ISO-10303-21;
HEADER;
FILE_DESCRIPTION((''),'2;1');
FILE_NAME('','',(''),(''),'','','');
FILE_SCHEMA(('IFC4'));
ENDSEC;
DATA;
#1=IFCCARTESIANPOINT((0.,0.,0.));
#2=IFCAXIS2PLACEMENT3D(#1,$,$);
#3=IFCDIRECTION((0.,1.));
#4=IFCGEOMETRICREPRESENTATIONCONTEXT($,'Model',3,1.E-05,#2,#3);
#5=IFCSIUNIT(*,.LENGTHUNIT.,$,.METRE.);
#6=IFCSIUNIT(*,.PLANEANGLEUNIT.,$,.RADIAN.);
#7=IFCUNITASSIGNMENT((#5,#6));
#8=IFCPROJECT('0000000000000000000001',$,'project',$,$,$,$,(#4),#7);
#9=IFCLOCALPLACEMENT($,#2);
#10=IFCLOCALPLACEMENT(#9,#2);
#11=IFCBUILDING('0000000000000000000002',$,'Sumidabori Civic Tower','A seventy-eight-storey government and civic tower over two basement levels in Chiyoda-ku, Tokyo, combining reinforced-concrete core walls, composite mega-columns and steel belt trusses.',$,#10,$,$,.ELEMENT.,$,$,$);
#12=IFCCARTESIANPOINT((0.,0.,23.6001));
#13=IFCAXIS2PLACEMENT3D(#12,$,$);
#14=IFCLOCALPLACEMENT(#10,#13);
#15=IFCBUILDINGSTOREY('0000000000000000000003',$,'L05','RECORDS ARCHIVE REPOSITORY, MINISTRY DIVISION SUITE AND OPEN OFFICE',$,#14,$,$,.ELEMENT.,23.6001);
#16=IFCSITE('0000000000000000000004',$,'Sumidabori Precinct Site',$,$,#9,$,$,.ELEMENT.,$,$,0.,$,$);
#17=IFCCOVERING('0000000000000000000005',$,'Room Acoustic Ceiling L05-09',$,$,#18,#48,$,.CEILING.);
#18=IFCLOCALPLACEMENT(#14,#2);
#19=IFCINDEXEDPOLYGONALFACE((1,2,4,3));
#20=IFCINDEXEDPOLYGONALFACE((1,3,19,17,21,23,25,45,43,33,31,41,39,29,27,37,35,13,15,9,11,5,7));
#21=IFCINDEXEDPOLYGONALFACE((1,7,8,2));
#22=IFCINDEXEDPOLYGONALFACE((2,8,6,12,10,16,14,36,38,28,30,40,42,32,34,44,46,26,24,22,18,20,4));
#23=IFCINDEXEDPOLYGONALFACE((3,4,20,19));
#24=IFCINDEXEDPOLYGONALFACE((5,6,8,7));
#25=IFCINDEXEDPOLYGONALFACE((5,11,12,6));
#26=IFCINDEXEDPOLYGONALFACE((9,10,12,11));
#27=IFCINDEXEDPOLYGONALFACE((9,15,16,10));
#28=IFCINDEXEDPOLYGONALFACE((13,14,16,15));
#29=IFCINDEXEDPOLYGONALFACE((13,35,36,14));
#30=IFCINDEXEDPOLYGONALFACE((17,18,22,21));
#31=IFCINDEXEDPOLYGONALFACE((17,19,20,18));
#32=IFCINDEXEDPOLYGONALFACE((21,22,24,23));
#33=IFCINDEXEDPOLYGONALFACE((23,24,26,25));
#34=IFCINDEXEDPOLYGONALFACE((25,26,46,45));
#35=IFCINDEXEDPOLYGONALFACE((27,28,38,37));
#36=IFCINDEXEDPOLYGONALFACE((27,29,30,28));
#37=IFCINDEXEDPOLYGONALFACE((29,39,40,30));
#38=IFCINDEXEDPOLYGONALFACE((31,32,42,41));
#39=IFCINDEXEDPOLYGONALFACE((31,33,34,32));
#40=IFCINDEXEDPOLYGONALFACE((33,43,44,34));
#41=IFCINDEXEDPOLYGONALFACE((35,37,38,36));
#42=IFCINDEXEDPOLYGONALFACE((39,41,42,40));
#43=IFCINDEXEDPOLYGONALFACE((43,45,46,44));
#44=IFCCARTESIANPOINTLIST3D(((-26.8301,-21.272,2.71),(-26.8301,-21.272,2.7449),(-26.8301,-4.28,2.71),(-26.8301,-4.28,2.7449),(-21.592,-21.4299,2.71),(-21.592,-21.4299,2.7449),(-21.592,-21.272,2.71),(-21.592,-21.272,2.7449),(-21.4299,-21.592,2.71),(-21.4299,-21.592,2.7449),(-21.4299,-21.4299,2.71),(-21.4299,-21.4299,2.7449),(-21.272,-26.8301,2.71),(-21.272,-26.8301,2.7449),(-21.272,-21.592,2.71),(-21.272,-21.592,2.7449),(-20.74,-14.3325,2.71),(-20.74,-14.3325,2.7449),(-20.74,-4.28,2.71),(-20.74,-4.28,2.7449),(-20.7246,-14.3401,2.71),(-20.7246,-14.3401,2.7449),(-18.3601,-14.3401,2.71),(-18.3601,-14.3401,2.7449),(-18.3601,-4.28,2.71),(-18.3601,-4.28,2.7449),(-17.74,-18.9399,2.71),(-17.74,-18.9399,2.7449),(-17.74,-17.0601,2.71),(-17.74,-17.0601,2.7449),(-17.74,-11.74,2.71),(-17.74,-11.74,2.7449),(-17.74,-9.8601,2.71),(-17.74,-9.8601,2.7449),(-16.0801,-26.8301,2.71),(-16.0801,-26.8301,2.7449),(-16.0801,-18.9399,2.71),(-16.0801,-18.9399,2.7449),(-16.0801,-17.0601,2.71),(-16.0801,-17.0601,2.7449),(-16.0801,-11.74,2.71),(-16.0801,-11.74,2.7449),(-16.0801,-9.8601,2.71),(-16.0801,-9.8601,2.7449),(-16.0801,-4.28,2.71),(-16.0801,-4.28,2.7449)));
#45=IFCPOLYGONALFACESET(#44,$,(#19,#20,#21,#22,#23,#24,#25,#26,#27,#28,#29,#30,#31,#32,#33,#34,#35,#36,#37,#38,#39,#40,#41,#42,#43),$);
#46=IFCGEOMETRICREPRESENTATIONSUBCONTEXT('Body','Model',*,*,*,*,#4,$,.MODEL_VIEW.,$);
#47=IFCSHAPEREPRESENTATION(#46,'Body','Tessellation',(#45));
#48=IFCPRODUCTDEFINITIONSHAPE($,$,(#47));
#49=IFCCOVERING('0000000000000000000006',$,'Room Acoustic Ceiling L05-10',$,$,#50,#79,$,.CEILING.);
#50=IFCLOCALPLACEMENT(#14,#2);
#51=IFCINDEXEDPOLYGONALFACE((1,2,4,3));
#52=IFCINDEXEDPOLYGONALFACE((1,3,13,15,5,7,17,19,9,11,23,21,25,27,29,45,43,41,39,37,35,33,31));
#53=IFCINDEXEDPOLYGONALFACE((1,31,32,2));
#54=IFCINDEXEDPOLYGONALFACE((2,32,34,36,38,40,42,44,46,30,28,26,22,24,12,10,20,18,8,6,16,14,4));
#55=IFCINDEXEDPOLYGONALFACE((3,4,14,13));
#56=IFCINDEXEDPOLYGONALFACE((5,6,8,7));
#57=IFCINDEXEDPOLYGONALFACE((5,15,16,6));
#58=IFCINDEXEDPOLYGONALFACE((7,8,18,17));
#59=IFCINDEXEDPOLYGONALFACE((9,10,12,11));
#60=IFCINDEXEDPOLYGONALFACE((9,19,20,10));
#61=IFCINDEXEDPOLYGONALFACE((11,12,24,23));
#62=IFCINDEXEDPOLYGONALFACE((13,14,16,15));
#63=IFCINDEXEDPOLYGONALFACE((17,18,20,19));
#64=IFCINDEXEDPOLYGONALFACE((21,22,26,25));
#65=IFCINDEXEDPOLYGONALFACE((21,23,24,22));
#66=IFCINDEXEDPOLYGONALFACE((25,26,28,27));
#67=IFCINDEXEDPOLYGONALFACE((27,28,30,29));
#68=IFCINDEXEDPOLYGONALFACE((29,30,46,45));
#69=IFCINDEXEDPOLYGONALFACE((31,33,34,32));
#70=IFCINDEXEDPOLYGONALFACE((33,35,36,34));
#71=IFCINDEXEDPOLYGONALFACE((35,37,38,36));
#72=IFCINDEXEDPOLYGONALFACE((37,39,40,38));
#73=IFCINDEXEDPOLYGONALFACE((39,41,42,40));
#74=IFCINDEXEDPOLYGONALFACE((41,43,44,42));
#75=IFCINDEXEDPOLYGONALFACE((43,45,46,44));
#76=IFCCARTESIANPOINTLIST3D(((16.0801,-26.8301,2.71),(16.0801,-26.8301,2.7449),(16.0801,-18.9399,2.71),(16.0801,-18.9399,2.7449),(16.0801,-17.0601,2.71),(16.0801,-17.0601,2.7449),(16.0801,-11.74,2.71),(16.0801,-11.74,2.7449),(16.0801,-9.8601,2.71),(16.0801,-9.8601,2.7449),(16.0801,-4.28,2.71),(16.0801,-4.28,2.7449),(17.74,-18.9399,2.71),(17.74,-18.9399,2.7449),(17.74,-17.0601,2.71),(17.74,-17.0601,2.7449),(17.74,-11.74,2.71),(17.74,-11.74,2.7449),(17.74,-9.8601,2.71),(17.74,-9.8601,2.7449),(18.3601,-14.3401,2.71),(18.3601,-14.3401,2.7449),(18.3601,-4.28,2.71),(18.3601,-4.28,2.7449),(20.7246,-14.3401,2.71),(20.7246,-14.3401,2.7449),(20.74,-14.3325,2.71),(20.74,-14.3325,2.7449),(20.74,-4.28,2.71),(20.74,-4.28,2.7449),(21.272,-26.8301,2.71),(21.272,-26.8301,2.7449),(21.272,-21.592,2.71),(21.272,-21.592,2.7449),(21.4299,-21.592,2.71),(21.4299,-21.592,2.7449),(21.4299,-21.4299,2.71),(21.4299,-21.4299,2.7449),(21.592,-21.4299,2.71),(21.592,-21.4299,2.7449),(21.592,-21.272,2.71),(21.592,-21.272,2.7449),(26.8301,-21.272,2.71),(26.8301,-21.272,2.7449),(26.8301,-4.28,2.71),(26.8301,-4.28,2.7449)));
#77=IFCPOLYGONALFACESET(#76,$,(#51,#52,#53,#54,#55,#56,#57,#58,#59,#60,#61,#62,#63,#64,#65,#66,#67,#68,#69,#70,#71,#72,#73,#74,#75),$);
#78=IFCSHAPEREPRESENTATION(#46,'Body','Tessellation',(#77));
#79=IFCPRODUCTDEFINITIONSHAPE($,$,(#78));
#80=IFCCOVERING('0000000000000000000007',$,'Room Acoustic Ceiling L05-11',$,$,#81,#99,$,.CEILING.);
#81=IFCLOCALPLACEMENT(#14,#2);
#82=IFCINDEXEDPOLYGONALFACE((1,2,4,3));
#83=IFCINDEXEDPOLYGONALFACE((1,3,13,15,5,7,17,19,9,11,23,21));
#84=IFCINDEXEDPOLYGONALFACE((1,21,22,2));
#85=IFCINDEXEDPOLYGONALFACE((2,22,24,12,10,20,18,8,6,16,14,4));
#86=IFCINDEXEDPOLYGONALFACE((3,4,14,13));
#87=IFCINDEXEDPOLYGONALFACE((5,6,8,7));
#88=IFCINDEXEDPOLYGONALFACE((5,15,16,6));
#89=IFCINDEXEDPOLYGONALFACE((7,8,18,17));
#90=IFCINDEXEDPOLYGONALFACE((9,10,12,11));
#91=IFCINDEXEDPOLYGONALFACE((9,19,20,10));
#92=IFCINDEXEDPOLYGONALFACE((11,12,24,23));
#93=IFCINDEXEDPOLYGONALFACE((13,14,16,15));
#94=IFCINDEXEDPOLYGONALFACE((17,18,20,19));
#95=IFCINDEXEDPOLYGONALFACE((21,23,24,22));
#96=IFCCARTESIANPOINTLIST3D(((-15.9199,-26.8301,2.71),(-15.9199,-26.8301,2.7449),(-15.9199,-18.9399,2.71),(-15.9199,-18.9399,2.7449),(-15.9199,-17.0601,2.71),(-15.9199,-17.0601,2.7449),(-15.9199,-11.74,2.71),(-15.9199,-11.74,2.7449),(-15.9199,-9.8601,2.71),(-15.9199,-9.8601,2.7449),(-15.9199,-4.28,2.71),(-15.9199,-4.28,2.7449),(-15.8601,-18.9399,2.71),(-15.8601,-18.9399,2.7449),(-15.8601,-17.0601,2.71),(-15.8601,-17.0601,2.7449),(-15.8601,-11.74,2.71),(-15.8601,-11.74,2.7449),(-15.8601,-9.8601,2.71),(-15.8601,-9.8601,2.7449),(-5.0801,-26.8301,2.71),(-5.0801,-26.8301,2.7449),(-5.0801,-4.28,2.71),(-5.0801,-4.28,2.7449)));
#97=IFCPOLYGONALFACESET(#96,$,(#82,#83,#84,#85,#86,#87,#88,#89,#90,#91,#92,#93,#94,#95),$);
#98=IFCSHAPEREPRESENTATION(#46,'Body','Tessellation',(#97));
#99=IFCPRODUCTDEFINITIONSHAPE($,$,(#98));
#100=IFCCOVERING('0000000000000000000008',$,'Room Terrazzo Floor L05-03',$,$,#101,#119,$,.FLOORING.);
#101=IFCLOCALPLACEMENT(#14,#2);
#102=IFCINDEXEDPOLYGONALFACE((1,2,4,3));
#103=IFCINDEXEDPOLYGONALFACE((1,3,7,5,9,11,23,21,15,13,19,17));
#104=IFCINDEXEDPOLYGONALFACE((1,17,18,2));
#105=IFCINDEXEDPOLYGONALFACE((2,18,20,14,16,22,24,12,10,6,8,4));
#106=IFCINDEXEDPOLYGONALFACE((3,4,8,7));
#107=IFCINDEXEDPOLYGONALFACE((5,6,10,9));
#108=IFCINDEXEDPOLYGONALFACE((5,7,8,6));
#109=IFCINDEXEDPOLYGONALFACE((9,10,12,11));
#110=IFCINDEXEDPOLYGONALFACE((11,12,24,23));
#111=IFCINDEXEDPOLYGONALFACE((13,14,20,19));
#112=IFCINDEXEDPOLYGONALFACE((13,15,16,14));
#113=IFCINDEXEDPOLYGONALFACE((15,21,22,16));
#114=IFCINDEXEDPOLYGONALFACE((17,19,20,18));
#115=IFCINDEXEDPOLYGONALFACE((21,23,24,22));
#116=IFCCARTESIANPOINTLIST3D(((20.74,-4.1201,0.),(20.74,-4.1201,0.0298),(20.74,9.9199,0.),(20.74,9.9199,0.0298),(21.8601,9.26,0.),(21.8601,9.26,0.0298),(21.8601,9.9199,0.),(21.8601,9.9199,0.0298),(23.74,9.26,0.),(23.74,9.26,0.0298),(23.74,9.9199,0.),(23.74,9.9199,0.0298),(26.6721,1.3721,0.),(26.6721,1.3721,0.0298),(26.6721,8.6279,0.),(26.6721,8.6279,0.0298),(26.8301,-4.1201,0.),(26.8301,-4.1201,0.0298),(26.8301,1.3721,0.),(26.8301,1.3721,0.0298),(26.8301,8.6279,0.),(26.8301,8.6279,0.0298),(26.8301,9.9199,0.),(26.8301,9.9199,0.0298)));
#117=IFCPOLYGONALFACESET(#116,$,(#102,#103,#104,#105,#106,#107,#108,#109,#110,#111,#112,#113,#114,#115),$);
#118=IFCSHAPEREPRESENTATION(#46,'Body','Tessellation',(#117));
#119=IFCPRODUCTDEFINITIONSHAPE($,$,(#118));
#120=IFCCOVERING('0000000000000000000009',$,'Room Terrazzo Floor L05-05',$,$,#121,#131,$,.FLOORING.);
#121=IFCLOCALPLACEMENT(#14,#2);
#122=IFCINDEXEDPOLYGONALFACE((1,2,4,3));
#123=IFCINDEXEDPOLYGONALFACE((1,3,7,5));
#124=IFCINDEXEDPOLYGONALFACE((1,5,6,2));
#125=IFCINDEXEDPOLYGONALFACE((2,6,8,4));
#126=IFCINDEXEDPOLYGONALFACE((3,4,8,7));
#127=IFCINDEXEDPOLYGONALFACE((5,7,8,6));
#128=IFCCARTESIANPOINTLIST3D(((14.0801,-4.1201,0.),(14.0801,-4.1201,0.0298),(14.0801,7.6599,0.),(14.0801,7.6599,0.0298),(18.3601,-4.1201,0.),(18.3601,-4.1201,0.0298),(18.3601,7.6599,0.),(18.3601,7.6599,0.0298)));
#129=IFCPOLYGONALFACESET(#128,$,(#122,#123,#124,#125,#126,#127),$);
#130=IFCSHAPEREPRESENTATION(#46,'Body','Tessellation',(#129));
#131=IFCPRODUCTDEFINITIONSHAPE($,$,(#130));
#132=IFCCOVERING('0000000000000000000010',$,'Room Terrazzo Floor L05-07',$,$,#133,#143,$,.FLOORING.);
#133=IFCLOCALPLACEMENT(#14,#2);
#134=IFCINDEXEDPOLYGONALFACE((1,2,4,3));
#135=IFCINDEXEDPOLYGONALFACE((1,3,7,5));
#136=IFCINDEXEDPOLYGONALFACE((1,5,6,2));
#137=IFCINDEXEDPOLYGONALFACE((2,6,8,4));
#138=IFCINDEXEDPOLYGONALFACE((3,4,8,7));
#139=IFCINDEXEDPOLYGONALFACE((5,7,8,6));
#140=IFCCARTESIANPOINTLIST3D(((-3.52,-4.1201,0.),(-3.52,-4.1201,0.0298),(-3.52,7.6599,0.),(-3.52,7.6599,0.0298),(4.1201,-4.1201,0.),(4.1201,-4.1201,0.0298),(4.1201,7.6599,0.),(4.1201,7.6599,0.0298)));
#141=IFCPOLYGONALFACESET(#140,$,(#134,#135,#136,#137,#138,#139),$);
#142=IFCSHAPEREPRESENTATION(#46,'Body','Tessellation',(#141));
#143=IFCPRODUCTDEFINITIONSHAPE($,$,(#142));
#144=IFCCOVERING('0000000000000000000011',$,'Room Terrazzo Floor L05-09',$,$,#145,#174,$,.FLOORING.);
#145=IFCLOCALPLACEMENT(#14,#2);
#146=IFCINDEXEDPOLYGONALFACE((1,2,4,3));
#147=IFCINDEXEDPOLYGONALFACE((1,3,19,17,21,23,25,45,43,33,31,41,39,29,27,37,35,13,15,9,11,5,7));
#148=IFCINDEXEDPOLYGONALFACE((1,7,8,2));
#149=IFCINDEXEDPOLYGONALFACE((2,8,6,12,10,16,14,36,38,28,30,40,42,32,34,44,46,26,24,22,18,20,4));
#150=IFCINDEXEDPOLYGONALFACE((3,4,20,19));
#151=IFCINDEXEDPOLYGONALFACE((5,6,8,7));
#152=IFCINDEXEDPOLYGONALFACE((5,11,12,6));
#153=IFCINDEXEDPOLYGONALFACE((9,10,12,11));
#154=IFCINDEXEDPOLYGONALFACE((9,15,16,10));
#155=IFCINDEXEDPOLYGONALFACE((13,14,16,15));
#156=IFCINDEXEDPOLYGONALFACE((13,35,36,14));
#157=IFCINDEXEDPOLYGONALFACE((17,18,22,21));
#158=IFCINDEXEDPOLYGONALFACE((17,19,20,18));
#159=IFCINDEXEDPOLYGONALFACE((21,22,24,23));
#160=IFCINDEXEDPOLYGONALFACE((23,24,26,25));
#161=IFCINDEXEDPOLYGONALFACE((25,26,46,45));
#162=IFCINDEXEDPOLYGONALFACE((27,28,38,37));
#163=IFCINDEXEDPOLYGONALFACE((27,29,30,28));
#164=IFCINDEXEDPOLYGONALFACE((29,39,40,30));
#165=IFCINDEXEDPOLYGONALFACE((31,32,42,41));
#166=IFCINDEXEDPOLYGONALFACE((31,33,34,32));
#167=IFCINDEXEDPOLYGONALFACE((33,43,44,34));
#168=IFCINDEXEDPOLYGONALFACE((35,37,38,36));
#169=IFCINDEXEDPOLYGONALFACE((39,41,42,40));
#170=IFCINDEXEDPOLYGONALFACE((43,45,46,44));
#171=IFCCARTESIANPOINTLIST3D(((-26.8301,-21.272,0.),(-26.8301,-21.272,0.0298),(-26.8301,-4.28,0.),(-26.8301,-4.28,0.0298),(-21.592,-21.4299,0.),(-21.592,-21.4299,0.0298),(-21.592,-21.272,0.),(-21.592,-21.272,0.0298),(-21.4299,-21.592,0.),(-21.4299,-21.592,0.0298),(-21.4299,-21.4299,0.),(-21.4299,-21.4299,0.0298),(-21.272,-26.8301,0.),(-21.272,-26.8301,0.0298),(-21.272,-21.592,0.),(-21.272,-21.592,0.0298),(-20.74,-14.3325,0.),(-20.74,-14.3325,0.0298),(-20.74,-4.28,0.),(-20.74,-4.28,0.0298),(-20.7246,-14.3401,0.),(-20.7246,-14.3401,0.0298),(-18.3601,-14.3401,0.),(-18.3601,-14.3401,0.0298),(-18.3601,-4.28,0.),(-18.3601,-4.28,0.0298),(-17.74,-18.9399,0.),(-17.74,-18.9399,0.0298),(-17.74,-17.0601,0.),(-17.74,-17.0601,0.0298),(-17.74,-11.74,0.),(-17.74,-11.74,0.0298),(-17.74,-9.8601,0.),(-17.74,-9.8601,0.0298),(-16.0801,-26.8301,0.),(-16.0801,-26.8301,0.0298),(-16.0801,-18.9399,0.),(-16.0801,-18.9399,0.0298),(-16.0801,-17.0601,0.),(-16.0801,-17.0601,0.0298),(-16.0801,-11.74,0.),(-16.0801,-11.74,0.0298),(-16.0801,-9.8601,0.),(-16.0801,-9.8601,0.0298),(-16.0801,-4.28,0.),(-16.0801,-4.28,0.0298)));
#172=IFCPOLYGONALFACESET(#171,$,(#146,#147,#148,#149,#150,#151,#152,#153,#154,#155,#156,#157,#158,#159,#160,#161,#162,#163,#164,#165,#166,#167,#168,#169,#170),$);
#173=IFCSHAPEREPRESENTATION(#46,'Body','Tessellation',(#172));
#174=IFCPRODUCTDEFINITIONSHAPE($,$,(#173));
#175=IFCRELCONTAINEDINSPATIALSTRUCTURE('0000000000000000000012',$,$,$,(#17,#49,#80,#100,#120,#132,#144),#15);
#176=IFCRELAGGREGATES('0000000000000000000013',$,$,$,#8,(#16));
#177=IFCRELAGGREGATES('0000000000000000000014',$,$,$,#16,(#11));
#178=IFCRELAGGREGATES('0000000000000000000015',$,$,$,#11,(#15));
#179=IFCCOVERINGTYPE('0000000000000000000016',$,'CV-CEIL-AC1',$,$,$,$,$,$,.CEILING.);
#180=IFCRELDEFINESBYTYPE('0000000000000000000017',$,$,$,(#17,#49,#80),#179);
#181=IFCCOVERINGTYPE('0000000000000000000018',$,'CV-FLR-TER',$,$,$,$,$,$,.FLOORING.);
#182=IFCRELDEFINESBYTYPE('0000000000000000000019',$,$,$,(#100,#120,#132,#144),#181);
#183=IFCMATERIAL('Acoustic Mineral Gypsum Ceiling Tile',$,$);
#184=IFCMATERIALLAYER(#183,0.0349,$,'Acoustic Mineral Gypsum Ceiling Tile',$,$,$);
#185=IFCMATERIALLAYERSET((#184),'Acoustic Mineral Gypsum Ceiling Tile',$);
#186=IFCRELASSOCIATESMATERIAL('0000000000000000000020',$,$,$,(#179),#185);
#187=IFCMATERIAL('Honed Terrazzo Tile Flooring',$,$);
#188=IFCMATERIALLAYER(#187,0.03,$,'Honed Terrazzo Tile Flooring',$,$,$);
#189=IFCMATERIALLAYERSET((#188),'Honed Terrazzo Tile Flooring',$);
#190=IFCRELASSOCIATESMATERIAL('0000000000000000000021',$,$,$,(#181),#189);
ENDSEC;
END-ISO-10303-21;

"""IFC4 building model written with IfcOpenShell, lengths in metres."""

from ifc_helpers import new_model, si_unit, direction, frame, origin, place, context, subcontext, project, spatial, polyline, outline, extrude, material, layer, layer_set, type_object, element, save


model = new_model("IFC4")

# Units and contexts
model_context = context("Model", 3, precision=1e-05, world=origin(), true_north=direction((0.0, 1.0)))
body_context = subcontext(model_context, "Body", "Model", "MODEL_VIEW")
ifc_project = project(units=[si_unit("LENGTHUNIT", "METRE"), si_unit("PLANEANGLEUNIT", "RADIAN")], contexts=[model_context])

# Site, building, storey
site_placement = place(None, origin())
site = spatial("IfcSite", under=ifc_project, at=site_placement, Name="Sumidabori Precinct Site", CompositionType="ELEMENT", RefElevation=0.0)
building_placement = place(site_placement, origin())
building = spatial("IfcBuilding", under=site, at=building_placement, Name="Sumidabori Civic Tower", Description="A seventy-eight-storey government and civic tower over two basement levels in Chiyoda-ku, Tokyo, combining reinforced-concrete core walls, composite mega-columns and steel belt trusses.", CompositionType="ELEMENT")
storey_placement = place(building_placement, frame((0.0, 0.0, 23.6001)))
storey = spatial("IfcBuildingStorey", under=building, at=storey_placement, Name="L05", Description="RECORDS ARCHIVE REPOSITORY, MINISTRY DIVISION SUITE AND OPEN OFFICE", CompositionType="ELEMENT", Elevation=23.6001)

# Coverings
ifc_material_1 = material(Name="Acoustic Mineral Gypsum Ceiling Tile")
ifc_layer_1 = layer(ifc_material_1, 0.0349, Name="Acoustic Mineral Gypsum Ceiling Tile")
ifc_layer_set_1 = layer_set([ifc_layer_1], Name="Acoustic Mineral Gypsum Ceiling Tile")
covering_type_1 = type_object("IfcCoveringType", Name="CV-CEIL-AC1", PredefinedType="CEILING", material=ifc_layer_set_1)
covering_1_placement = place(storey_placement, frame((0.0, 0.0, 2.71)))
element("IfcCovering", 1, at=covering_1_placement, inside=storey, type_object=covering_type_1, Name="Room Acoustic Ceiling L05-09", PredefinedType="CEILING", context=body_context, shape_type="SweptSolid", body=[
    extrude(outline(polyline([(-26.8301, -21.272), (-26.8301, -4.28), (-20.74, -4.28), (-20.74, -14.3325), (-20.7246, -14.3401), (-18.3601, -14.3401), (-18.3601, -4.28), (-16.0801, -4.28), (-16.0801, -9.8601), (-17.74, -9.8601), (-17.74, -11.74), (-16.0801, -11.74), (-16.0801, -17.0601), (-17.74, -17.0601), (-17.74, -18.9399), (-16.0801, -18.9399), (-16.0801, -26.8301), (-21.272, -26.8301), (-21.272, -21.592), (-21.4299, -21.592), (-21.4299, -21.4299), (-21.592, -21.4299), (-21.592, -21.272), (-26.8301, -21.272)])), origin(), (0.0, 0.0, 1.0), 0.0349),
])
covering_2_placement = place(storey_placement, frame((0.0, 0.0, 2.71)))
element("IfcCovering", 2, at=covering_2_placement, inside=storey, type_object=covering_type_1, Name="Room Acoustic Ceiling L05-10", PredefinedType="CEILING", context=body_context, shape_type="SweptSolid", body=[
    extrude(outline(polyline([(18.3601, -14.3401), (20.7246, -14.3401), (20.74, -14.3325), (20.74, -4.28), (26.8301, -4.28), (26.8301, -21.272), (21.592, -21.272), (21.592, -21.4299), (21.4299, -21.4299), (21.4299, -21.592), (21.272, -21.592), (21.272, -26.8301), (16.0801, -26.8301), (16.0801, -18.9399), (17.74, -18.9399), (17.74, -17.0601), (16.0801, -17.0601), (16.0801, -11.74), (17.74, -11.74), (17.74, -9.8601), (16.0801, -9.8601), (16.0801, -4.28), (18.3601, -4.28), (18.3601, -14.3401)])), origin(), (0.0, 0.0, 1.0), 0.0349),
])
covering_3_placement = place(storey_placement, frame((0.0, 0.0, 2.71)))
element("IfcCovering", 3, at=covering_3_placement, inside=storey, type_object=covering_type_1, Name="Room Acoustic Ceiling L05-11", PredefinedType="CEILING", context=body_context, shape_type="SweptSolid", body=[
    extrude(outline(polyline([(-15.8601, -17.0601), (-15.9199, -17.0601), (-15.9199, -11.74), (-15.8601, -11.74), (-15.8601, -9.8601), (-15.9199, -9.8601), (-15.9199, -4.28), (-5.0801, -4.28), (-5.0801, -26.8301), (-15.9199, -26.8301), (-15.9199, -18.9399), (-15.8601, -18.9399), (-15.8601, -17.0601)])), origin(), (0.0, 0.0, 1.0), 0.0349),
])
ifc_material_2 = material(Name="Honed Terrazzo Tile Flooring")
ifc_layer_2 = layer(ifc_material_2, 0.03, Name="Honed Terrazzo Tile Flooring")
ifc_layer_set_2 = layer_set([ifc_layer_2], Name="Honed Terrazzo Tile Flooring")
covering_type_2 = type_object("IfcCoveringType", Name="CV-FLR-TER", PredefinedType="FLOORING", material=ifc_layer_set_2)
covering_4_placement = place(storey_placement, origin())
element("IfcCovering", 4, at=covering_4_placement, inside=storey, type_object=covering_type_2, Name="Room Terrazzo Floor L05-03", PredefinedType="FLOORING", context=body_context, shape_type="SweptSolid", body=[
    extrude(outline(polyline([(20.74, 9.9199), (21.8601, 9.9199), (21.8601, 9.26), (23.74, 9.26), (23.74, 9.9199), (26.8301, 9.9199), (26.8301, 8.6279), (26.6721, 8.6279), (26.6721, 1.3721), (26.8301, 1.3721), (26.8301, -4.1201), (20.74, -4.1201), (20.74, 9.9199)])), origin(), (0.0, 0.0, 1.0), 0.0298),
])
covering_5_placement = place(storey_placement, origin())
element("IfcCovering", 5, at=covering_5_placement, inside=storey, type_object=covering_type_2, Name="Room Terrazzo Floor L05-05", PredefinedType="FLOORING", context=body_context, shape_type="SweptSolid", body=[
    extrude(outline(polyline([(14.0801, 7.6599), (18.3601, 7.6599), (18.3601, -4.1201), (14.0801, -4.1201), (14.0801, 7.6599)])), origin(), (0.0, 0.0, 1.0), 0.0298),
])
covering_6_placement = place(storey_placement, origin())
element("IfcCovering", 6, at=covering_6_placement, inside=storey, type_object=covering_type_2, Name="Room Terrazzo Floor L05-07", PredefinedType="FLOORING", context=body_context, shape_type="SweptSolid", body=[
    extrude(outline(polyline([(-3.52, 7.6599), (4.1201, 7.6599), (4.1201, -4.1201), (-3.52, -4.1201), (-3.52, 7.6599)])), origin(), (0.0, 0.0, 1.0), 0.0298),
])
covering_7_placement = place(storey_placement, origin())
element("IfcCovering", 7, at=covering_7_placement, inside=storey, type_object=covering_type_2, Name="Room Terrazzo Floor L05-09", PredefinedType="FLOORING", context=body_context, shape_type="SweptSolid", body=[
    extrude(outline(polyline([(-26.8301, -21.272), (-26.8301, -4.28), (-20.74, -4.28), (-20.74, -14.3325), (-20.7246, -14.3401), (-18.3601, -14.3401), (-18.3601, -4.28), (-16.0801, -4.28), (-16.0801, -9.8601), (-17.74, -9.8601), (-17.74, -11.74), (-16.0801, -11.74), (-16.0801, -17.0601), (-17.74, -17.0601), (-17.74, -18.9399), (-16.0801, -18.9399), (-16.0801, -26.8301), (-21.272, -26.8301), (-21.272, -21.592), (-21.4299, -21.592), (-21.4299, -21.4299), (-21.592, -21.4299), (-21.592, -21.272), (-26.8301, -21.272)])), origin(), (0.0, 0.0, 1.0), 0.0298),
])

save(model, "model.ifc")
